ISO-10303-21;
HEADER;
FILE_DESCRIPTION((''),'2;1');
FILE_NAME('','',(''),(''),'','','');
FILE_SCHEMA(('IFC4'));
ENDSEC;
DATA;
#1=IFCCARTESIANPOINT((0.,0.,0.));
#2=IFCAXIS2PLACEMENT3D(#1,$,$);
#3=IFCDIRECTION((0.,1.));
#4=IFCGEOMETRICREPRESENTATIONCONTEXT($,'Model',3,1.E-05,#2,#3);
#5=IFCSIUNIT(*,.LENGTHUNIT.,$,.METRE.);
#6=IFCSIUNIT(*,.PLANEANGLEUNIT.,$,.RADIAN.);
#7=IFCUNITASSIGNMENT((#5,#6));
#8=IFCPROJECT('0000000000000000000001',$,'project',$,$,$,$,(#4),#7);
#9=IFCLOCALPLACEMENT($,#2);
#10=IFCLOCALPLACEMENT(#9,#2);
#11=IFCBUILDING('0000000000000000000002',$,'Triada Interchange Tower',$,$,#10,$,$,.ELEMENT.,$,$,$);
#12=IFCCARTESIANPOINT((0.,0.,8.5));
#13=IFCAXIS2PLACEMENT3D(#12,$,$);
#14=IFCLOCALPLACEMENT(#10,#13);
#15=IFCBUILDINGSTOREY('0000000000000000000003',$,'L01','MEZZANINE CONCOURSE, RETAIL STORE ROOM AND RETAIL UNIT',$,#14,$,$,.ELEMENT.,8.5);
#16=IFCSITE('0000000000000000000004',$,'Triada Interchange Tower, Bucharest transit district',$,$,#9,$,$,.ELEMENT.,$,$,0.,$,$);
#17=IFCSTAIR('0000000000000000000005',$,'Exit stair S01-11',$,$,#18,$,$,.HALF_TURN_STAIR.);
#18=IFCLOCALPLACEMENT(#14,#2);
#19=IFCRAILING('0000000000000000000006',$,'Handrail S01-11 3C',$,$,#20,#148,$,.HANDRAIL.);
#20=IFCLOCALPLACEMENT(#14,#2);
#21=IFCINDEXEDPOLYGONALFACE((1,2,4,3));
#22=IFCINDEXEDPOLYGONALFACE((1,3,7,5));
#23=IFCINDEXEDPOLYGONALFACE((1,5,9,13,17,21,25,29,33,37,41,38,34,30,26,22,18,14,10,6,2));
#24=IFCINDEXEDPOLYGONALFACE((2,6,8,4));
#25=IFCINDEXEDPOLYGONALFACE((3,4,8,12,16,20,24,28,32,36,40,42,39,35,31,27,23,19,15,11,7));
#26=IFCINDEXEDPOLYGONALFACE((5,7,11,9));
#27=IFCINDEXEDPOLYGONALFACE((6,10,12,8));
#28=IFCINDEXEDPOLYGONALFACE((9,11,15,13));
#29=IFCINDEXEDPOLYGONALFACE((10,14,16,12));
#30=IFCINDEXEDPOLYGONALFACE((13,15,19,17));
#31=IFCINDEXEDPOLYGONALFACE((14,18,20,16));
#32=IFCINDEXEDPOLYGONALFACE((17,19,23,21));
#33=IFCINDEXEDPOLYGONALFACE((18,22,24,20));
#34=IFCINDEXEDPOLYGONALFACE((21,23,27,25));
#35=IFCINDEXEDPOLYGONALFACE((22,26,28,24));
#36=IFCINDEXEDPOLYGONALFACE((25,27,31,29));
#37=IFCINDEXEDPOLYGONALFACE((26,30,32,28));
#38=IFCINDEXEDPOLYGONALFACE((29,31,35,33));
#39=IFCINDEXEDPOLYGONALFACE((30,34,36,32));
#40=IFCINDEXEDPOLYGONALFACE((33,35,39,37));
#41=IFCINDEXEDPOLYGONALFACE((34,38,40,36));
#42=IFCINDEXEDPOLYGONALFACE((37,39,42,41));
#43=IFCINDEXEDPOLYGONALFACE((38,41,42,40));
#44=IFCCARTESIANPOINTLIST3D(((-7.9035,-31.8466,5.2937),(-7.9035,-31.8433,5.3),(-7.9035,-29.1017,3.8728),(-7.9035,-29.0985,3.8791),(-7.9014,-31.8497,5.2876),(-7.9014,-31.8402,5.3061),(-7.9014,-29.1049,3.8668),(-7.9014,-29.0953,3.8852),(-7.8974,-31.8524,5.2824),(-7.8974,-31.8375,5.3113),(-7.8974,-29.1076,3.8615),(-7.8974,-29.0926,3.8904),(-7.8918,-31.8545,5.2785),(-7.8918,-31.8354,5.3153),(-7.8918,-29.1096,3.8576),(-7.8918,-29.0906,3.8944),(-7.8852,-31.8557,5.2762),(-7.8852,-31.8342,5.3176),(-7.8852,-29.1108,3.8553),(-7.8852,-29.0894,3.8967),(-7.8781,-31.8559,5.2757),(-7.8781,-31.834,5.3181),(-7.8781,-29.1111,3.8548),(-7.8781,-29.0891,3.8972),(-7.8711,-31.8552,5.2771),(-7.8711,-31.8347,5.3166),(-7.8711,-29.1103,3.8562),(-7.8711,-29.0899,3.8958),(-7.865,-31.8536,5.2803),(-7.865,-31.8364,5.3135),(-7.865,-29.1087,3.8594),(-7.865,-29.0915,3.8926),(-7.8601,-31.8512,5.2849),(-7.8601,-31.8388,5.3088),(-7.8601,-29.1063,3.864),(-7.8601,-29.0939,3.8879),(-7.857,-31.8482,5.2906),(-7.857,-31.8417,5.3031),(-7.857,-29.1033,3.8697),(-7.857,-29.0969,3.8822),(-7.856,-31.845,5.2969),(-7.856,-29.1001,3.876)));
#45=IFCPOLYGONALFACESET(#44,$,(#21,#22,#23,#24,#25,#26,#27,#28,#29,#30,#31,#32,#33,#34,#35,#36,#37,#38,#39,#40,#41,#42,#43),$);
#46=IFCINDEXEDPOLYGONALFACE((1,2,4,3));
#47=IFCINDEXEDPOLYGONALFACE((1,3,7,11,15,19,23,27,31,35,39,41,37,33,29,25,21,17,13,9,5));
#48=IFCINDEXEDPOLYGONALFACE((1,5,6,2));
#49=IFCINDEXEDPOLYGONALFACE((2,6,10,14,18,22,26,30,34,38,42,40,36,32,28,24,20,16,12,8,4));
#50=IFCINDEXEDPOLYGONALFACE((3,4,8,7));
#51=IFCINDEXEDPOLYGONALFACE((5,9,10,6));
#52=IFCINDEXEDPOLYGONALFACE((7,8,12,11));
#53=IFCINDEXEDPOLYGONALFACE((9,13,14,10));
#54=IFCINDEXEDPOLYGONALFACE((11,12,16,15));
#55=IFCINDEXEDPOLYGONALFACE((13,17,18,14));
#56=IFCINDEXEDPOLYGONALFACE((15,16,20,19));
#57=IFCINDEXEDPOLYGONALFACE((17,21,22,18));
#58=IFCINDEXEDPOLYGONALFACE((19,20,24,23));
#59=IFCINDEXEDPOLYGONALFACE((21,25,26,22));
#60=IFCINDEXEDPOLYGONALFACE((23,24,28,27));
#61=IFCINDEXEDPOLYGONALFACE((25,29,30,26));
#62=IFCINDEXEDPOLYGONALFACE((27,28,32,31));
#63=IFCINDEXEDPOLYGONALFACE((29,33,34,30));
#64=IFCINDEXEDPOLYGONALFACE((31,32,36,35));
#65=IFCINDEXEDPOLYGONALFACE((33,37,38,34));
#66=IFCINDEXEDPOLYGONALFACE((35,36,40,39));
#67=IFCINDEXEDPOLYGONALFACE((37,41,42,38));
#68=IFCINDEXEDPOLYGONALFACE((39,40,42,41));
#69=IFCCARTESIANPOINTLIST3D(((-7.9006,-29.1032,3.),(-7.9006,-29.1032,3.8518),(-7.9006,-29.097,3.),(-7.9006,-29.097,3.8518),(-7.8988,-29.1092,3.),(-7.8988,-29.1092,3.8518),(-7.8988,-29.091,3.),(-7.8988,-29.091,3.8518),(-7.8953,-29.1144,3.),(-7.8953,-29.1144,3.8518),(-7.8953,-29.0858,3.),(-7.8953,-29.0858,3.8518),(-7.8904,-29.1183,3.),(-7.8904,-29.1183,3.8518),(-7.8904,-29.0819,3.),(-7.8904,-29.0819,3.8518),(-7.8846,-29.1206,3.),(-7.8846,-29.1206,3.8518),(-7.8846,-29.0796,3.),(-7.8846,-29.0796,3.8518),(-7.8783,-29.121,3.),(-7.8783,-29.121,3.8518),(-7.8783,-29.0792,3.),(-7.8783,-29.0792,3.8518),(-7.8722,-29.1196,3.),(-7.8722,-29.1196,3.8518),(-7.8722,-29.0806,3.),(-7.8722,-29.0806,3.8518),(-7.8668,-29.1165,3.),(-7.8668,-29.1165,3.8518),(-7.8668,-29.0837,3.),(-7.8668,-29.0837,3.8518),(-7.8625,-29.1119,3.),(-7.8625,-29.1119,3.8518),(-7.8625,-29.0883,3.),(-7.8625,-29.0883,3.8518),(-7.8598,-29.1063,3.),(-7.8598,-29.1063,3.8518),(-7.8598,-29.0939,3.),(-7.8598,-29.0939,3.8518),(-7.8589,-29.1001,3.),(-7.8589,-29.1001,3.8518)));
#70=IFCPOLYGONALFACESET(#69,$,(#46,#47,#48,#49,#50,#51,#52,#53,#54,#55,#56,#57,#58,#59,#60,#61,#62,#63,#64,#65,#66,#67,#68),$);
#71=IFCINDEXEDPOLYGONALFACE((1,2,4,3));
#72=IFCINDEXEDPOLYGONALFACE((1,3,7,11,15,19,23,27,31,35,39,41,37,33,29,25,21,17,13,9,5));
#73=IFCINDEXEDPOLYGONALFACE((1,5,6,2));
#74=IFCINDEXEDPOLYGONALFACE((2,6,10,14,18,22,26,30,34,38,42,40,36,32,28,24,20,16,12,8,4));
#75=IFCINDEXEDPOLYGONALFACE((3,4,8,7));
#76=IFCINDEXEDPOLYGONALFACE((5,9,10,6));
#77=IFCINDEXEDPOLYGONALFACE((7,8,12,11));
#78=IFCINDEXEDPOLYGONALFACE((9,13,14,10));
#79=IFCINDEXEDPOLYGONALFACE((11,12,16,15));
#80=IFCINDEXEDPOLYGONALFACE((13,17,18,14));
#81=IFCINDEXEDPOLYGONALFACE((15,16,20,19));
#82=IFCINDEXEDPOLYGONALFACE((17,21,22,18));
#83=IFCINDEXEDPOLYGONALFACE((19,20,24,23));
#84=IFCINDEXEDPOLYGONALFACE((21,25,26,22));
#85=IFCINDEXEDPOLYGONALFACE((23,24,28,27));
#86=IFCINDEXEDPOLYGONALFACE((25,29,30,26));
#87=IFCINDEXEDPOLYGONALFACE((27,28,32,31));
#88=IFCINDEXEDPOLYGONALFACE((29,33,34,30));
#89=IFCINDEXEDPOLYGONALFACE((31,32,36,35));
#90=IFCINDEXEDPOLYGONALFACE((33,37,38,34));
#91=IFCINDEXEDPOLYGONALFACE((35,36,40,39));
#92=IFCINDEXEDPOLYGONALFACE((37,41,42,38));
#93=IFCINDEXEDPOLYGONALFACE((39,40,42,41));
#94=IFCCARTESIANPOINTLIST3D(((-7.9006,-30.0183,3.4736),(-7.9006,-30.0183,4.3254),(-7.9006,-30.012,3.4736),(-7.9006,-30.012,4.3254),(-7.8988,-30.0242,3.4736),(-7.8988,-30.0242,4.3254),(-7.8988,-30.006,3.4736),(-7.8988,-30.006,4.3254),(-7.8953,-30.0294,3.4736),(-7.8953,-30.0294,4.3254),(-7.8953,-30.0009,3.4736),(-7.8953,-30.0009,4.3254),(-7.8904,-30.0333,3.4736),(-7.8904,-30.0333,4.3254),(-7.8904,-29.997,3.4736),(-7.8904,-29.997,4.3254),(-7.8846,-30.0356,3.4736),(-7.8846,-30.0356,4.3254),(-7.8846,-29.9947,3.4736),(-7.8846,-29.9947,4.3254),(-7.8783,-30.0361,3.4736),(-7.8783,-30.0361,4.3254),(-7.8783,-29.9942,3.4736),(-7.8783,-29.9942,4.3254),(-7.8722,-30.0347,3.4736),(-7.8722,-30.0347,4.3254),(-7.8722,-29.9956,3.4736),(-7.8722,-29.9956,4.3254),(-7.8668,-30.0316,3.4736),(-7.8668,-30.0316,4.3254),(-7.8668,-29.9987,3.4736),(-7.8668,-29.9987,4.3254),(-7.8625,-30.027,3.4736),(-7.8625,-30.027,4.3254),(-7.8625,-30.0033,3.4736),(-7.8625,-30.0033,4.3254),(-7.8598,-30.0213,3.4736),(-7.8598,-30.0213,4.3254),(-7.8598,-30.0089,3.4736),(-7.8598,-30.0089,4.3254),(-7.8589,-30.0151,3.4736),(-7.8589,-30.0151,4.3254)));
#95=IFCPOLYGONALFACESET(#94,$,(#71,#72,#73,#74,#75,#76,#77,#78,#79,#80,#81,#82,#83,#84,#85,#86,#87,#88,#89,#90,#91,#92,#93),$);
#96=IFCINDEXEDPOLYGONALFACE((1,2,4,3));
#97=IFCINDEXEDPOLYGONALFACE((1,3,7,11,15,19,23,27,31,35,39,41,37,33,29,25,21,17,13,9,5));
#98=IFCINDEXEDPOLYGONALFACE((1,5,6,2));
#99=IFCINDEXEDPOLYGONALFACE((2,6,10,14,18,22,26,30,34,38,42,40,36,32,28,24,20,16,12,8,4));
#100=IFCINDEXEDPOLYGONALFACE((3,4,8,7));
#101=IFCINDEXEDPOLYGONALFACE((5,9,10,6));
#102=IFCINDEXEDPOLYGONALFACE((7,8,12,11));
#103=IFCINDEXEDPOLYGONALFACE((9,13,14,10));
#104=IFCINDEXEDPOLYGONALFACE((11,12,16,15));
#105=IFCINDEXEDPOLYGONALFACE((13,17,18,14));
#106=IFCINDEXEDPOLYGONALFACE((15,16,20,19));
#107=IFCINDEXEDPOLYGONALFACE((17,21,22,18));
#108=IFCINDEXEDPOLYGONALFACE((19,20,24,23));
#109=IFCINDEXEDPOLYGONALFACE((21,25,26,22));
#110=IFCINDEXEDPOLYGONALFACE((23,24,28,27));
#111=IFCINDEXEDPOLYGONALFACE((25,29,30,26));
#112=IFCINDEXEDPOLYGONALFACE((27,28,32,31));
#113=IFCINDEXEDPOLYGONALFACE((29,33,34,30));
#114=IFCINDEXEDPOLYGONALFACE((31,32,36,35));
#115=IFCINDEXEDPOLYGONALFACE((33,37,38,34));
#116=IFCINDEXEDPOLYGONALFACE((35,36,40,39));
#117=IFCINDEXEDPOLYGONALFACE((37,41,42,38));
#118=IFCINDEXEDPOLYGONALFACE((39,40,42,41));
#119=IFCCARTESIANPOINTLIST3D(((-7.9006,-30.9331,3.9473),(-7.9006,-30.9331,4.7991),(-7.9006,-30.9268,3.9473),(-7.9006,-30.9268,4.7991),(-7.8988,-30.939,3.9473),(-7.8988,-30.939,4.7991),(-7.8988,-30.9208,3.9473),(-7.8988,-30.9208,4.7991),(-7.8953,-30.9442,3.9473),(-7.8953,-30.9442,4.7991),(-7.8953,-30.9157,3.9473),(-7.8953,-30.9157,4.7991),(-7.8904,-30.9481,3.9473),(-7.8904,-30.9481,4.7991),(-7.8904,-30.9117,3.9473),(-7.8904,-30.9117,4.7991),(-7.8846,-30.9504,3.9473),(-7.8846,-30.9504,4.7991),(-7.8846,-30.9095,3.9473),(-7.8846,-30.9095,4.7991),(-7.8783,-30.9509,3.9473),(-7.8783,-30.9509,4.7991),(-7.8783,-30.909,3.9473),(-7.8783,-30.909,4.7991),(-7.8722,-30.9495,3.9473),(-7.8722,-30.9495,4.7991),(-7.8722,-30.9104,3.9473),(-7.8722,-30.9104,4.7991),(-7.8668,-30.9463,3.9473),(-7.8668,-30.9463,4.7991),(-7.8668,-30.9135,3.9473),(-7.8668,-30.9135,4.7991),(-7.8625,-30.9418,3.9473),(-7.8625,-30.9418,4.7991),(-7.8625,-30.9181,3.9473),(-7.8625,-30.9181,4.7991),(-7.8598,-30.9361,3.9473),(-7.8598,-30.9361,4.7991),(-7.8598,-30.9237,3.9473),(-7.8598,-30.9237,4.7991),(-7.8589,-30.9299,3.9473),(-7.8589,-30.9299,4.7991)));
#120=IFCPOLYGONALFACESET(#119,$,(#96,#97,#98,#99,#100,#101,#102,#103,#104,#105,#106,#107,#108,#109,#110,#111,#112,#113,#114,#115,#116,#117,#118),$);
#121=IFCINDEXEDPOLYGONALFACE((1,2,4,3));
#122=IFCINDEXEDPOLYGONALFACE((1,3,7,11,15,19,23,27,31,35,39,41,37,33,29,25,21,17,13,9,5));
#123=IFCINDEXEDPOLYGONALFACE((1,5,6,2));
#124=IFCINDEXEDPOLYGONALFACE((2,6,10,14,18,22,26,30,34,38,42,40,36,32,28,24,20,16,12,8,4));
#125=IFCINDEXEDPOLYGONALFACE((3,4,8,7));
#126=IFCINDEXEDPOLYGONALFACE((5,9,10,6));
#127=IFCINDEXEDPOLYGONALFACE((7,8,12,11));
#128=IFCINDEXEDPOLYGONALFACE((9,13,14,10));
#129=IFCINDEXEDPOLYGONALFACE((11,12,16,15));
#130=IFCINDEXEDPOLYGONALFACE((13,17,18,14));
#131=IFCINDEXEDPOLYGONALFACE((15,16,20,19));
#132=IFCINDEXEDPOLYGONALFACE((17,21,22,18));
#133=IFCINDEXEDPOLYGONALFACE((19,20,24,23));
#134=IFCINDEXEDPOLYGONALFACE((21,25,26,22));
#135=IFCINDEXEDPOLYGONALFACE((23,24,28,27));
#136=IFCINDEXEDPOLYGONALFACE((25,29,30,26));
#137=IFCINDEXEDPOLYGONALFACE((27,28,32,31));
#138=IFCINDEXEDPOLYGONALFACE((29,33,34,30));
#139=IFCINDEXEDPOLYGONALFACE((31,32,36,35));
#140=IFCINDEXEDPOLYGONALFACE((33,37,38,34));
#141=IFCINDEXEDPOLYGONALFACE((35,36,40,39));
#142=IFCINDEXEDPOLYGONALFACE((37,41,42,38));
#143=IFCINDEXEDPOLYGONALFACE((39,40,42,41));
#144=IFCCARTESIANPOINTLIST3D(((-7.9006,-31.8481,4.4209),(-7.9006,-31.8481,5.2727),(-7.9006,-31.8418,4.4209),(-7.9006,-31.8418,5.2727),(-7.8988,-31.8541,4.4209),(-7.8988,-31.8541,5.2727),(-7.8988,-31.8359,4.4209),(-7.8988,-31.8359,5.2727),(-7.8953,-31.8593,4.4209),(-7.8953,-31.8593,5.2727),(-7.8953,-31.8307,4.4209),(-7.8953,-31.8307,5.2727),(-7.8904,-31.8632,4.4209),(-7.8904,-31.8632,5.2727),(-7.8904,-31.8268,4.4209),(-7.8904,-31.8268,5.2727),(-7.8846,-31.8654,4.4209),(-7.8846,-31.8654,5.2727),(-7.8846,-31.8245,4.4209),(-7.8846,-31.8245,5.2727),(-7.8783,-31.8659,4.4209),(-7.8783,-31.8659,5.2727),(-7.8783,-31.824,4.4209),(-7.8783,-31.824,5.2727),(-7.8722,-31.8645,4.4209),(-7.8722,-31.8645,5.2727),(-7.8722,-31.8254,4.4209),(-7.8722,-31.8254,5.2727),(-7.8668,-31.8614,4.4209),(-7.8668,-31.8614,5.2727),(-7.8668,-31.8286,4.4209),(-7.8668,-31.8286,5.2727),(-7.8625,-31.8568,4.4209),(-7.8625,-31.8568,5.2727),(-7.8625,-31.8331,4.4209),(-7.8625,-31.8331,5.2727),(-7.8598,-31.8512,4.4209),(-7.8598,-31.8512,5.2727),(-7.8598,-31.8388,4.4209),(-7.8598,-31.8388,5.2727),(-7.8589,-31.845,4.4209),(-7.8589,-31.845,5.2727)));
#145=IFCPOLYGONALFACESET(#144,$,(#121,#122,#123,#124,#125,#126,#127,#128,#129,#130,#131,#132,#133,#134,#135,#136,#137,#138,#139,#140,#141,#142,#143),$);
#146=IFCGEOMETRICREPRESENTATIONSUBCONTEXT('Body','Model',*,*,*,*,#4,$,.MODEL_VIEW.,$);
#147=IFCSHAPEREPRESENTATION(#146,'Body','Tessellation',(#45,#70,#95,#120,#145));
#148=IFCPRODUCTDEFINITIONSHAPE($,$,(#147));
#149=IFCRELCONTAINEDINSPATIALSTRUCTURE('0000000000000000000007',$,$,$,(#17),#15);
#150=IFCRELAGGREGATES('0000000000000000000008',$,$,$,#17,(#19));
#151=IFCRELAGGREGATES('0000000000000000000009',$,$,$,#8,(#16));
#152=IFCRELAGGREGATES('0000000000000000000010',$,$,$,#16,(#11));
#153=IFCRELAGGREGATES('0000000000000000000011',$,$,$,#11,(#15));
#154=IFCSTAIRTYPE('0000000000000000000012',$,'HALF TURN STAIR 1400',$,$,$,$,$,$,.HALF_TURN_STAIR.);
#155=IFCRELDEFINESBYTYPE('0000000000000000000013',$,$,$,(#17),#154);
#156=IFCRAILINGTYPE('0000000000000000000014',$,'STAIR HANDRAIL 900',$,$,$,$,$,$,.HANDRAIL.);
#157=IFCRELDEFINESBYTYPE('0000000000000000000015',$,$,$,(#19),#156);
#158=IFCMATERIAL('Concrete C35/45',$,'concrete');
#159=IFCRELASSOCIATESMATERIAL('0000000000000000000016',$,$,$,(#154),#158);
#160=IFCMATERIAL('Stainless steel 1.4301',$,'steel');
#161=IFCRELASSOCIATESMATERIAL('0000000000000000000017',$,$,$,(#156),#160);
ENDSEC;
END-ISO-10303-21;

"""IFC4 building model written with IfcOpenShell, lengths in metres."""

from ifc_helpers import new_model, si_unit, direction, frame, origin, origin_2d, place, context, subcontext, project, spatial, circle, extrude, material, type_object, element, aggregate, save


model = new_model("IFC4")

# Units and contexts
model_context = context("Model", 3, precision=1e-05, world=origin(), true_north=direction((0.0, 1.0)))
body_context = subcontext(model_context, "Body", "Model", "MODEL_VIEW")
ifc_project = project(units=[si_unit("LENGTHUNIT", "METRE"), si_unit("PLANEANGLEUNIT", "RADIAN")], contexts=[model_context])

# Site, building, storey
site_placement = place(None, origin())
site = spatial("IfcSite", under=ifc_project, at=site_placement, Name="Triada Interchange Tower, Bucharest transit district", CompositionType="ELEMENT", RefElevation=0.0)
building_placement = place(site_placement, origin())
building = spatial("IfcBuilding", under=site, at=building_placement, Name="Triada Interchange Tower", CompositionType="ELEMENT")
storey_placement = place(building_placement, frame((0.0, 0.0, 8.5)))
storey = spatial("IfcBuildingStorey", under=building, at=storey_placement, Name="L01", Description="MEZZANINE CONCOURSE, RETAIL STORE ROOM AND RETAIL UNIT", CompositionType="ELEMENT", Elevation=8.5)

# Shared definitions
ifc_material_1 = material(Name="Concrete C35/45", Category="concrete")

# Stair, railing
stair_type = type_object("IfcStairType", Name="HALF TURN STAIR 1400", PredefinedType="HALF_TURN_STAIR", material=ifc_material_1)
stair_placement = place(storey_placement, origin())
stair = element("IfcStair", 1, at=stair_placement, inside=storey, type_object=stair_type, Name="Exit stair S01-11", PredefinedType="HALF_TURN_STAIR")
ifc_material_2 = material(Name="Stainless steel 1.4301", Category="steel")
railing_type_1 = type_object("IfcRailingType", Name="STAIR HANDRAIL 900", PredefinedType="HANDRAIL", material=ifc_material_2)
railing_1_placement = place(storey_placement, frame((-7.8799, -29.1001, 3.0)))
railing_1 = element("IfcRailing", 2, at=railing_1_placement, type_object=railing_type_1, Name="Handrail S01-11 3C", PredefinedType="HANDRAIL", context=body_context, shape_type="SweptSolid", body=[
    extrude(circle(Radius=0.0239, at=origin_2d()), frame((0.0, 0.0, 0.876), z_axis=(0.0, -0.888068, 0.459713), x_axis=(1.0, 0.0, 0.0)), (0.0, 0.0, 1.0), 3.0908),
    extrude(circle(Radius=0.021, at=origin_2d()), origin(), (0.0, 0.0, 1.0), 0.8518),
    extrude(circle(Radius=0.021, at=origin_2d()), frame((0.0, -0.915, 0.4736)), (0.0, 0.0, 1.0), 0.8518),
    extrude(circle(Radius=0.021, at=origin_2d()), frame((0.0, -1.8298, 0.9473)), (0.0, 0.0, 1.0), 0.8518),
    extrude(circle(Radius=0.021, at=origin_2d()), frame((0.0, -2.7449, 1.4209)), (0.0, 0.0, 1.0), 0.8518),
])
aggregate(stair, [railing_1])

save(model, "model.ifc")
